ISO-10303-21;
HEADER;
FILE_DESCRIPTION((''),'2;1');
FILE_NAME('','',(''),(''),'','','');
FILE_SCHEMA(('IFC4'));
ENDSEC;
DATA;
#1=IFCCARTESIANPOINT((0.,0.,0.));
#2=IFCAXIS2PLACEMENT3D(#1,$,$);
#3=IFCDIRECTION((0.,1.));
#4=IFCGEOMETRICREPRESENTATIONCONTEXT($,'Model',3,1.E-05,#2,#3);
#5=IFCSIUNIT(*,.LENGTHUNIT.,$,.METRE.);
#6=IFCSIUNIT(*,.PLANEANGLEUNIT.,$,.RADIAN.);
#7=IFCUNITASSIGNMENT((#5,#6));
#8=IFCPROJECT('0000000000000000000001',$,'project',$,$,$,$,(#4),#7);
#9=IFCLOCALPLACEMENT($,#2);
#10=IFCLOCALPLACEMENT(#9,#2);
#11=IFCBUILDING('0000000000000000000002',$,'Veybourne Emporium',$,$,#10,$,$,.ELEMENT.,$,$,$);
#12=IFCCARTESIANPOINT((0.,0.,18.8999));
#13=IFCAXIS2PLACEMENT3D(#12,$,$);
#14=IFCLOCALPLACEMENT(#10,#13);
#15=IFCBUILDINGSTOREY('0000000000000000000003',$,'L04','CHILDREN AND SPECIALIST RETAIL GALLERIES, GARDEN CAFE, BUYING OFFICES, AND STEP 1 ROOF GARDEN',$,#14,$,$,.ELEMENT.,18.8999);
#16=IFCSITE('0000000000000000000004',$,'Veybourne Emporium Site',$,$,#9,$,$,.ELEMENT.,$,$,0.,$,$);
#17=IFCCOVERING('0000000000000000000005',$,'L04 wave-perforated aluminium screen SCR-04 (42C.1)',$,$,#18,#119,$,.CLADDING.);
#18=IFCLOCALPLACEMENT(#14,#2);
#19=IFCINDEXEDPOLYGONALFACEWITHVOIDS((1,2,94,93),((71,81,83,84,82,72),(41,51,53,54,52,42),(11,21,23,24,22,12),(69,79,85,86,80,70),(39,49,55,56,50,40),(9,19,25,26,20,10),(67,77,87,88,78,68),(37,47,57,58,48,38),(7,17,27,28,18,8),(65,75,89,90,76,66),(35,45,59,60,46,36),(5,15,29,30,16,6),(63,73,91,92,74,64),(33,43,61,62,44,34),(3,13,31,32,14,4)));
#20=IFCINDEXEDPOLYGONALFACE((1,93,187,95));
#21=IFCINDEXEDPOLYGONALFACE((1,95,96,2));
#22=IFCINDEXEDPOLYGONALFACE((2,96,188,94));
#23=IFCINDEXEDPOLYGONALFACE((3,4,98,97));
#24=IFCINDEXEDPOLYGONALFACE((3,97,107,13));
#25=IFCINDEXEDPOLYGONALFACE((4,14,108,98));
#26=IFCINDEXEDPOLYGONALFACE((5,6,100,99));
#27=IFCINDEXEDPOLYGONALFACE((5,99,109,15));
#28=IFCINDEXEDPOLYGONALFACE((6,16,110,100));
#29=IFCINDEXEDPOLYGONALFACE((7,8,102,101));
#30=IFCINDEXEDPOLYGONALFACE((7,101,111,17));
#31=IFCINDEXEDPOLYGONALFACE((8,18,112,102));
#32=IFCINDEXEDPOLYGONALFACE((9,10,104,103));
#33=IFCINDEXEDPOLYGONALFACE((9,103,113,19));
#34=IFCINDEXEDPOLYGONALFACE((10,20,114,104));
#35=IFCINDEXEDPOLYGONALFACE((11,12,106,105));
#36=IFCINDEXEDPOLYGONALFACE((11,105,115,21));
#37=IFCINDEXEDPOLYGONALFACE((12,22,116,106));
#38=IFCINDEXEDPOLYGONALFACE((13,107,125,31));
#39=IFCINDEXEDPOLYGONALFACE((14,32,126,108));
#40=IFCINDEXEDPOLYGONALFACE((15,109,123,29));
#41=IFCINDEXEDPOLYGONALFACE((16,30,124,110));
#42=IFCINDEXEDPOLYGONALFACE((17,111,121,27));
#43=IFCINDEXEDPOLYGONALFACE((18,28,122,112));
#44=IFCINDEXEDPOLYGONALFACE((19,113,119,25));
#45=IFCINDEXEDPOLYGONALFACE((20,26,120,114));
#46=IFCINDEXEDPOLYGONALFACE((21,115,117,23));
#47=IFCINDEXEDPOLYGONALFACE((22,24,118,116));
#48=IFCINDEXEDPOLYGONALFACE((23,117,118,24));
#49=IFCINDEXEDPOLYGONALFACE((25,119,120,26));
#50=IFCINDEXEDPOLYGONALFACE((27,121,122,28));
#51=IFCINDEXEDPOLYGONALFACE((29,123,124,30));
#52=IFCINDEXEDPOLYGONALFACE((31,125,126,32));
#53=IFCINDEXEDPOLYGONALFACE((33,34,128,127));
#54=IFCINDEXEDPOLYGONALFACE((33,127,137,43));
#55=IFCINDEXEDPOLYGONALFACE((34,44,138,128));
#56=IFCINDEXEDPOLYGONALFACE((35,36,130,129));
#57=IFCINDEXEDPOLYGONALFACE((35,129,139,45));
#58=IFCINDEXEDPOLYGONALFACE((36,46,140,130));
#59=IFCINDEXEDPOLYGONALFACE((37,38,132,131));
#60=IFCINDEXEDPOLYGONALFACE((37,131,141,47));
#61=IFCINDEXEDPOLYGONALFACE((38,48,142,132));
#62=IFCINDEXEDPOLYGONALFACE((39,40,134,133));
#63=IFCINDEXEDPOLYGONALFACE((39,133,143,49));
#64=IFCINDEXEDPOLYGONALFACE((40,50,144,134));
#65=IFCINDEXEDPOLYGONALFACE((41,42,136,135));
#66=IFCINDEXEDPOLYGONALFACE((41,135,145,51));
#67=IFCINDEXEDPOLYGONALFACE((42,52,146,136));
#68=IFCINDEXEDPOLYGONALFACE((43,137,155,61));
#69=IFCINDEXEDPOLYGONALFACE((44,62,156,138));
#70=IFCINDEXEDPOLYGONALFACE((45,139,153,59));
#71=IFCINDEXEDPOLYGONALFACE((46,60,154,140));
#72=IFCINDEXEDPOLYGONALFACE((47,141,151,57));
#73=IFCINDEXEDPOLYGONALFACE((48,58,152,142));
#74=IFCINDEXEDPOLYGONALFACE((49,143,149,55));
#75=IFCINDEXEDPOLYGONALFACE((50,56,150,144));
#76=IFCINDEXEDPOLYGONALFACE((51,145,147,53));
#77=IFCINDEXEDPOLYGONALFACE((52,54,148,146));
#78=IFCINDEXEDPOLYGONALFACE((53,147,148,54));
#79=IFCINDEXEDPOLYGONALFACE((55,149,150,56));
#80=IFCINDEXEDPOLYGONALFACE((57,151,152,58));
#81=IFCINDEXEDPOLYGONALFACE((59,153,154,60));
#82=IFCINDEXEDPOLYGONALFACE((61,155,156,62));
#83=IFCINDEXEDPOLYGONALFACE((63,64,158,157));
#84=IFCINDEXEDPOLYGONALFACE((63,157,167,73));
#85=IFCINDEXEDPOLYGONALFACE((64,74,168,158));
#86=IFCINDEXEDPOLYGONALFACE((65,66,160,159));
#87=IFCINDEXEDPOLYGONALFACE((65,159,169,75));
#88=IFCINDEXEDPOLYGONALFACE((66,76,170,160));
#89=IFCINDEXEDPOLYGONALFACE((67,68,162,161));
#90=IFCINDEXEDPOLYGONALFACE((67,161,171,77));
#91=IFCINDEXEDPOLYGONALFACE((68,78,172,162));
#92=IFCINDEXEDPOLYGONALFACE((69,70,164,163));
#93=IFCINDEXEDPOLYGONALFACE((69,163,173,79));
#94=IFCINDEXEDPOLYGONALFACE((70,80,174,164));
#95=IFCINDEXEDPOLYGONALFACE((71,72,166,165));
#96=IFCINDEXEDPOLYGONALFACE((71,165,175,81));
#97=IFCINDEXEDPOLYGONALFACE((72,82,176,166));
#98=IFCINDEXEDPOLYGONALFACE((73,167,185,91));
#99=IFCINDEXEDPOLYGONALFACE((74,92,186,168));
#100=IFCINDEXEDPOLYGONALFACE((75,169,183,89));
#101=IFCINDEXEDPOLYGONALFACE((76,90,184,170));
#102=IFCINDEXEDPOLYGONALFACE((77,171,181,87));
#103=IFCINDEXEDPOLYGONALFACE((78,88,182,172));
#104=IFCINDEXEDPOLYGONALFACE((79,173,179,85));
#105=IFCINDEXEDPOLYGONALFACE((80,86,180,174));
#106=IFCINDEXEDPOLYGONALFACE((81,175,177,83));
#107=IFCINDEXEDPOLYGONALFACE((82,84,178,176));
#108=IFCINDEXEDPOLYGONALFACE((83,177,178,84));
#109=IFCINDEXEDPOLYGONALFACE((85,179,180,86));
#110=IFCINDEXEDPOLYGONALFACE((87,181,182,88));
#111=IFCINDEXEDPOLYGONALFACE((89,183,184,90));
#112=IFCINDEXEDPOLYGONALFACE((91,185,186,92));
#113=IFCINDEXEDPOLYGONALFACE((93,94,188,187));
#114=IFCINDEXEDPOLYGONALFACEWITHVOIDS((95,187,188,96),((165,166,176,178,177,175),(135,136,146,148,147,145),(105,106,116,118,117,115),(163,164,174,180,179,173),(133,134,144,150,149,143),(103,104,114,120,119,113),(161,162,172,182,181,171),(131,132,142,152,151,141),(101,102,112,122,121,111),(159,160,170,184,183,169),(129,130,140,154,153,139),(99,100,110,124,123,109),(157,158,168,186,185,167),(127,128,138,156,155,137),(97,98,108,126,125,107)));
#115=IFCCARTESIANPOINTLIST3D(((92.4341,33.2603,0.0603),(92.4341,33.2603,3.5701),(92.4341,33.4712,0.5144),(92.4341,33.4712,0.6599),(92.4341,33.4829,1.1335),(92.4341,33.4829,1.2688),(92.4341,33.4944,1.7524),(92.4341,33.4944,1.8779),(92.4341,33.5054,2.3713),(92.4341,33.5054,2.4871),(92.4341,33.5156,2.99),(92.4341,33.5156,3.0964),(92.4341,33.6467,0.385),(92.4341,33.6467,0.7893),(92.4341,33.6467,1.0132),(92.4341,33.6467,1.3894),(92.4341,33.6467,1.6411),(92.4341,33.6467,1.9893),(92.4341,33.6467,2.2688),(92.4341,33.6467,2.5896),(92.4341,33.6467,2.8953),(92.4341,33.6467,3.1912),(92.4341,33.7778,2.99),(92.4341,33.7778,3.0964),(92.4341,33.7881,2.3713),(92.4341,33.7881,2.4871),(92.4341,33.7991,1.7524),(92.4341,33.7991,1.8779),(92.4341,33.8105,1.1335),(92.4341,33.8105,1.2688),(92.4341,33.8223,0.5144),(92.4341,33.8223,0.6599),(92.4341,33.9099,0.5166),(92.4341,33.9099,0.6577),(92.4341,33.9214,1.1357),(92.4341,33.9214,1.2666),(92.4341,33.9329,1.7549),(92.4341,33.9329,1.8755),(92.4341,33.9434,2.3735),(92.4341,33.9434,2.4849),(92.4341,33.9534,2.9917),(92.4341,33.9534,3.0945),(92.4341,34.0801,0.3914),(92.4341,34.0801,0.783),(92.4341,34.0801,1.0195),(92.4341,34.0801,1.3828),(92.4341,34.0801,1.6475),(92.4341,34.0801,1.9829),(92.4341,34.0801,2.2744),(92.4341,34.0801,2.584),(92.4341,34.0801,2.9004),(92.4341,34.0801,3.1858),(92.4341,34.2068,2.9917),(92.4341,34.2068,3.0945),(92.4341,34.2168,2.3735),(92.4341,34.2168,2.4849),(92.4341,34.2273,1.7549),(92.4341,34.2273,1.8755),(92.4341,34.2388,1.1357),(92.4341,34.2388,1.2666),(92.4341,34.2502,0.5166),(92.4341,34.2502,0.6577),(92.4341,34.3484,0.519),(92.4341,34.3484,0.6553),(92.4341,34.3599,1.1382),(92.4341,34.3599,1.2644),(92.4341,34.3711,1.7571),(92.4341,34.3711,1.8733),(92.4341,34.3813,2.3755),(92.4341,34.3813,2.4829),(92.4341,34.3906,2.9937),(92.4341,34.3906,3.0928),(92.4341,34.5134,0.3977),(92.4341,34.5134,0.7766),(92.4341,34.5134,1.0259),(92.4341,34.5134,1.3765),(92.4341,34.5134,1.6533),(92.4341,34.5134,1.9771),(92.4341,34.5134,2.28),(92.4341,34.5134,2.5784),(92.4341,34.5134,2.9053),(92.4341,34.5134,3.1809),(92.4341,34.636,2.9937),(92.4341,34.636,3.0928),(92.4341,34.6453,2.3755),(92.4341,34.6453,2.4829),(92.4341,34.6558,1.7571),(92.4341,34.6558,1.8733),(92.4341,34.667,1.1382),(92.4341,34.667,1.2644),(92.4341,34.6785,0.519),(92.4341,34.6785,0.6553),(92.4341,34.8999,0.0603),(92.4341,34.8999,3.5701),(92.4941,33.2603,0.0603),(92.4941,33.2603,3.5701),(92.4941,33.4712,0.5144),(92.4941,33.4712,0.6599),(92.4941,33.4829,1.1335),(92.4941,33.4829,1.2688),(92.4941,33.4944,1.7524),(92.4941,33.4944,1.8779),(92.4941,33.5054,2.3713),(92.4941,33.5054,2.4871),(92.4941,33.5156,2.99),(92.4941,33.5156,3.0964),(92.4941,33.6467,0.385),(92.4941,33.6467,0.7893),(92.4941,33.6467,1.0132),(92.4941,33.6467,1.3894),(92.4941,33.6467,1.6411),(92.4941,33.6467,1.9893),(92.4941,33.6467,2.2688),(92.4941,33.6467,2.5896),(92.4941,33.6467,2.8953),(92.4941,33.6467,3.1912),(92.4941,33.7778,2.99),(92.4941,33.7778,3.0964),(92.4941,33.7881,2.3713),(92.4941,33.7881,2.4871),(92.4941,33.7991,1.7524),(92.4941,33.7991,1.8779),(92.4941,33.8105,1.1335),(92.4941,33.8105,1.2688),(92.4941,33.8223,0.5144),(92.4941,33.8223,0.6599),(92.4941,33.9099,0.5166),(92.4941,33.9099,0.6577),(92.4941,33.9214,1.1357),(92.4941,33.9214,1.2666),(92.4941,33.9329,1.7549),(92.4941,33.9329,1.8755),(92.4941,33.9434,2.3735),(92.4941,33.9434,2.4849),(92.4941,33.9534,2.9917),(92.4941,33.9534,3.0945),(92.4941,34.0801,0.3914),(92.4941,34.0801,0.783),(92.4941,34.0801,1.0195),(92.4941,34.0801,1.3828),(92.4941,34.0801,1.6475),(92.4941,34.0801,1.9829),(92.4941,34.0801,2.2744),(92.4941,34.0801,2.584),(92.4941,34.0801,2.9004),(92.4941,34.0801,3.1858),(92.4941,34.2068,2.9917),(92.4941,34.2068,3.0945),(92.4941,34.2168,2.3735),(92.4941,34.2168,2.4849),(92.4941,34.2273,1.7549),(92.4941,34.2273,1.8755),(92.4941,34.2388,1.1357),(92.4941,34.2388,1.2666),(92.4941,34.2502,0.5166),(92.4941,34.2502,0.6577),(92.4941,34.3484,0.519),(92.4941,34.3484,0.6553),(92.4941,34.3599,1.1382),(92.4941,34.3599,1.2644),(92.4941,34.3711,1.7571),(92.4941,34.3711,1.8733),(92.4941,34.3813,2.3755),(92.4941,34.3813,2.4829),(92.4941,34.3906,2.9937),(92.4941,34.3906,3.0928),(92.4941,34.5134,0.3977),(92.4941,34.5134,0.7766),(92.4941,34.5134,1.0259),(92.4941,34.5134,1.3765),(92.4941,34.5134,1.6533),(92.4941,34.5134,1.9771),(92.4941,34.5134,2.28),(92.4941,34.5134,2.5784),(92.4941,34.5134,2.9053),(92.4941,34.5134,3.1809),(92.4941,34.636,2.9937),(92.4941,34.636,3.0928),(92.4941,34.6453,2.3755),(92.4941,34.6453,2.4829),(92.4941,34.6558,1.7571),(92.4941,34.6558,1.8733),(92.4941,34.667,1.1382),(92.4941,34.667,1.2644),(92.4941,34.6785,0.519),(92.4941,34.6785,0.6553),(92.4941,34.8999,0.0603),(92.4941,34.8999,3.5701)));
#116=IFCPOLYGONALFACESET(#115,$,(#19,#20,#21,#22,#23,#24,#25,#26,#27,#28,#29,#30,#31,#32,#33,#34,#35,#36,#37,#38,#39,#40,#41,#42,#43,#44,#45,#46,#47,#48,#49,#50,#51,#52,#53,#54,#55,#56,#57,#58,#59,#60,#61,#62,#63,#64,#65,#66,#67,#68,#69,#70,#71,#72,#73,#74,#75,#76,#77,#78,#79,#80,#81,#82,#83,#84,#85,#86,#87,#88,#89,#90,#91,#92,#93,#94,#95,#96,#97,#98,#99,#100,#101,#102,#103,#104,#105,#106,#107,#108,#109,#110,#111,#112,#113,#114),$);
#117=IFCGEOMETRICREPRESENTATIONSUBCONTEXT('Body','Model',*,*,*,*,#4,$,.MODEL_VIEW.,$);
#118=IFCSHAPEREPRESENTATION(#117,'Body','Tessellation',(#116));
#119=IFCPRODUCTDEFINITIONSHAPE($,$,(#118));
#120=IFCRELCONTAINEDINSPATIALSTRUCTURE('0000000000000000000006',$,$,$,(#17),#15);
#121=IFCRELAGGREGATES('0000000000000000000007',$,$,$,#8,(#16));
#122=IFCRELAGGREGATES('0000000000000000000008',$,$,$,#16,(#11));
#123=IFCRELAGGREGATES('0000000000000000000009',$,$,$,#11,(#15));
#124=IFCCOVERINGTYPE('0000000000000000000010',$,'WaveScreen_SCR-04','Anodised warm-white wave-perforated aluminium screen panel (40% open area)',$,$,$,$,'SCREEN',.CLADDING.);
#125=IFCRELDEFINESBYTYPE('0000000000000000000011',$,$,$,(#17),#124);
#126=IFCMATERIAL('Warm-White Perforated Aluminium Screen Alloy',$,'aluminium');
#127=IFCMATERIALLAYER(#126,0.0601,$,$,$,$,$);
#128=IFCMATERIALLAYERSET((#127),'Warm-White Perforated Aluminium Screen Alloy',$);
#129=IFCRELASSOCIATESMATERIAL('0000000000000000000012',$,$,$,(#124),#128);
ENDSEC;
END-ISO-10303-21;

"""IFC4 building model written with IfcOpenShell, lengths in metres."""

from ifc_helpers import new_model, si_unit, direction, frame, origin, place, context, subcontext, project, spatial, polyline, outline, extrude, material, layer, layer_set, type_object, element, save


model = new_model("IFC4")

# Units and contexts
model_context = context("Model", 3, precision=1e-05, world=origin(), true_north=direction((0.0, 1.0)))
body_context = subcontext(model_context, "Body", "Model", "MODEL_VIEW")
ifc_project = project(units=[si_unit("LENGTHUNIT", "METRE"), si_unit("PLANEANGLEUNIT", "RADIAN")], contexts=[model_context])

# Site, building, storey
site_placement = place(None, origin())
site = spatial("IfcSite", under=ifc_project, at=site_placement, Name="Veybourne Emporium Site", CompositionType="ELEMENT", RefElevation=0.0)
building_placement = place(site_placement, origin())
building = spatial("IfcBuilding", under=site, at=building_placement, Name="Veybourne Emporium", CompositionType="ELEMENT")
storey_placement = place(building_placement, frame((0.0, 0.0, 18.8999)))
storey = spatial("IfcBuildingStorey", under=building, at=storey_placement, Name="L04", Description="CHILDREN AND SPECIALIST RETAIL GALLERIES, GARDEN CAFE, BUYING OFFICES, AND STEP 1 ROOF GARDEN", CompositionType="ELEMENT", Elevation=18.8999)

# Covering
ifc_material_1 = material(Name="Warm-White Perforated Aluminium Screen Alloy", Category="aluminium")
ifc_layer_1 = layer(ifc_material_1, 0.0601)
ifc_layer_set_1 = layer_set([ifc_layer_1], Name="Warm-White Perforated Aluminium Screen Alloy")
covering_type_1 = type_object("IfcCoveringType", Name="WaveScreen_SCR-04", Description="Anodised warm-white wave-perforated aluminium screen panel (40% open area)", ElementType="SCREEN", PredefinedType="CLADDING", material=ifc_layer_set_1)
covering_1_placement = place(storey_placement, frame((92.4941, 34.0801, 1.8152), z_axis=(-1.0, 0.0, 0.0), x_axis=(0.0, -1.0, 0.0)))
element("IfcCovering", 1, at=covering_1_placement, inside=storey, type_object=covering_type_1, Name="L04 wave-perforated aluminium screen SCR-04 (42C.1)", PredefinedType="CLADDING", context=body_context, shape_type="SweptSolid", body=[
    extrude(outline(polyline([(-0.8198, -1.7549), (0.8198, -1.7549), (0.8198, 1.7549), (-0.8198, 1.7549), (-0.8198, -1.7549)]), holes=[polyline([(-0.4333, -1.0386), (-0.2683, -1.1599), (-0.2683, -1.2961), (-0.4333, -1.4175), (-0.5984, -1.2961), (-0.5984, -1.1599), (-0.4333, -1.0386)]), polyline([(-0.4333, -0.4387), (-0.2798, -0.5508), (-0.2798, -0.677), (-0.4333, -0.7893), (-0.5869, -0.677), (-0.5869, -0.5508), (-0.4333, -0.4387)]), polyline([(-0.4333, 0.1619), (-0.291, 0.0581), (-0.291, -0.0581), (-0.4333, -0.1619), (-0.5757, -0.0581), (-0.5757, 0.0581), (-0.4333, 0.1619)]), polyline([(-0.4333, 0.7632), (-0.3013, 0.6677), (-0.3013, 0.5603), (-0.4333, 0.4648), (-0.5652, 0.5603), (-0.5652, 0.6677), (-0.4333, 0.7632)]), polyline([(-0.4333, 1.3657), (-0.3105, 1.2776), (-0.3105, 1.1785), (-0.4333, 1.0901), (-0.5559, 1.1785), (-0.5559, 1.2776), (-0.4333, 1.3657)]), polyline([(0.0, -1.0322), (0.1702, -1.1575), (0.1702, -1.2986), (0.0, -1.4238), (-0.1702, -1.2986), (-0.1702, -1.1575), (0.0, -1.0322)]), polyline([(0.0, -0.4324), (0.1587, -0.5486), (0.1587, -0.6794), (0.0, -0.7957), (-0.1587, -0.6794), (-0.1587, -0.5486), (0.0, -0.4324)]), polyline([(0.0, 0.1677), (0.1472, 0.0603), (0.1472, -0.0603), (0.0, -0.1677), (-0.1472, -0.0603), (-0.1472, 0.0603), (0.0, 0.1677)]), polyline([(0.0, 0.7688), (0.1367, 0.6697), (0.1367, 0.5583), (0.0, 0.4592), (-0.1367, 0.5583), (-0.1367, 0.6697), (0.0, 0.7688)]), polyline([(0.0, 1.3706), (0.1267, 1.2793), (0.1267, 1.1765), (0.0, 1.0852), (-0.1267, 1.1765), (-0.1267, 1.2793), (0.0, 1.3706)]), polyline([(0.4333, -1.0259), (0.6089, -1.1553), (0.6089, -1.3008), (0.4333, -1.4302), (0.2578, -1.3008), (0.2578, -1.1553), (0.4333, -1.0259)]), polyline([(0.4333, -0.4258), (0.5972, -0.5464), (0.5972, -0.6816), (0.4333, -0.802), (0.2695, -0.6816), (0.2695, -0.5464), (0.4333, -0.4258)]), polyline([(0.4333, 0.1741), (0.5857, 0.0627), (0.5857, -0.0627), (0.4333, -0.1741), (0.281, -0.0627), (0.281, 0.0627), (0.4333, 0.1741)]), polyline([(0.4333, 0.7744), (0.5747, 0.6719), (0.5747, 0.5562), (0.4333, 0.4536), (0.292, 0.5562), (0.292, 0.6719), (0.4333, 0.7744)]), polyline([(0.4333, 1.376), (0.5645, 1.2812), (0.5645, 1.1748), (0.4333, 1.0801), (0.3022, 1.1748), (0.3022, 1.2812), (0.4333, 1.376)])]), origin(), (0.0, 0.0, 1.0), 0.0601),
])

save(model, "model.ifc")
